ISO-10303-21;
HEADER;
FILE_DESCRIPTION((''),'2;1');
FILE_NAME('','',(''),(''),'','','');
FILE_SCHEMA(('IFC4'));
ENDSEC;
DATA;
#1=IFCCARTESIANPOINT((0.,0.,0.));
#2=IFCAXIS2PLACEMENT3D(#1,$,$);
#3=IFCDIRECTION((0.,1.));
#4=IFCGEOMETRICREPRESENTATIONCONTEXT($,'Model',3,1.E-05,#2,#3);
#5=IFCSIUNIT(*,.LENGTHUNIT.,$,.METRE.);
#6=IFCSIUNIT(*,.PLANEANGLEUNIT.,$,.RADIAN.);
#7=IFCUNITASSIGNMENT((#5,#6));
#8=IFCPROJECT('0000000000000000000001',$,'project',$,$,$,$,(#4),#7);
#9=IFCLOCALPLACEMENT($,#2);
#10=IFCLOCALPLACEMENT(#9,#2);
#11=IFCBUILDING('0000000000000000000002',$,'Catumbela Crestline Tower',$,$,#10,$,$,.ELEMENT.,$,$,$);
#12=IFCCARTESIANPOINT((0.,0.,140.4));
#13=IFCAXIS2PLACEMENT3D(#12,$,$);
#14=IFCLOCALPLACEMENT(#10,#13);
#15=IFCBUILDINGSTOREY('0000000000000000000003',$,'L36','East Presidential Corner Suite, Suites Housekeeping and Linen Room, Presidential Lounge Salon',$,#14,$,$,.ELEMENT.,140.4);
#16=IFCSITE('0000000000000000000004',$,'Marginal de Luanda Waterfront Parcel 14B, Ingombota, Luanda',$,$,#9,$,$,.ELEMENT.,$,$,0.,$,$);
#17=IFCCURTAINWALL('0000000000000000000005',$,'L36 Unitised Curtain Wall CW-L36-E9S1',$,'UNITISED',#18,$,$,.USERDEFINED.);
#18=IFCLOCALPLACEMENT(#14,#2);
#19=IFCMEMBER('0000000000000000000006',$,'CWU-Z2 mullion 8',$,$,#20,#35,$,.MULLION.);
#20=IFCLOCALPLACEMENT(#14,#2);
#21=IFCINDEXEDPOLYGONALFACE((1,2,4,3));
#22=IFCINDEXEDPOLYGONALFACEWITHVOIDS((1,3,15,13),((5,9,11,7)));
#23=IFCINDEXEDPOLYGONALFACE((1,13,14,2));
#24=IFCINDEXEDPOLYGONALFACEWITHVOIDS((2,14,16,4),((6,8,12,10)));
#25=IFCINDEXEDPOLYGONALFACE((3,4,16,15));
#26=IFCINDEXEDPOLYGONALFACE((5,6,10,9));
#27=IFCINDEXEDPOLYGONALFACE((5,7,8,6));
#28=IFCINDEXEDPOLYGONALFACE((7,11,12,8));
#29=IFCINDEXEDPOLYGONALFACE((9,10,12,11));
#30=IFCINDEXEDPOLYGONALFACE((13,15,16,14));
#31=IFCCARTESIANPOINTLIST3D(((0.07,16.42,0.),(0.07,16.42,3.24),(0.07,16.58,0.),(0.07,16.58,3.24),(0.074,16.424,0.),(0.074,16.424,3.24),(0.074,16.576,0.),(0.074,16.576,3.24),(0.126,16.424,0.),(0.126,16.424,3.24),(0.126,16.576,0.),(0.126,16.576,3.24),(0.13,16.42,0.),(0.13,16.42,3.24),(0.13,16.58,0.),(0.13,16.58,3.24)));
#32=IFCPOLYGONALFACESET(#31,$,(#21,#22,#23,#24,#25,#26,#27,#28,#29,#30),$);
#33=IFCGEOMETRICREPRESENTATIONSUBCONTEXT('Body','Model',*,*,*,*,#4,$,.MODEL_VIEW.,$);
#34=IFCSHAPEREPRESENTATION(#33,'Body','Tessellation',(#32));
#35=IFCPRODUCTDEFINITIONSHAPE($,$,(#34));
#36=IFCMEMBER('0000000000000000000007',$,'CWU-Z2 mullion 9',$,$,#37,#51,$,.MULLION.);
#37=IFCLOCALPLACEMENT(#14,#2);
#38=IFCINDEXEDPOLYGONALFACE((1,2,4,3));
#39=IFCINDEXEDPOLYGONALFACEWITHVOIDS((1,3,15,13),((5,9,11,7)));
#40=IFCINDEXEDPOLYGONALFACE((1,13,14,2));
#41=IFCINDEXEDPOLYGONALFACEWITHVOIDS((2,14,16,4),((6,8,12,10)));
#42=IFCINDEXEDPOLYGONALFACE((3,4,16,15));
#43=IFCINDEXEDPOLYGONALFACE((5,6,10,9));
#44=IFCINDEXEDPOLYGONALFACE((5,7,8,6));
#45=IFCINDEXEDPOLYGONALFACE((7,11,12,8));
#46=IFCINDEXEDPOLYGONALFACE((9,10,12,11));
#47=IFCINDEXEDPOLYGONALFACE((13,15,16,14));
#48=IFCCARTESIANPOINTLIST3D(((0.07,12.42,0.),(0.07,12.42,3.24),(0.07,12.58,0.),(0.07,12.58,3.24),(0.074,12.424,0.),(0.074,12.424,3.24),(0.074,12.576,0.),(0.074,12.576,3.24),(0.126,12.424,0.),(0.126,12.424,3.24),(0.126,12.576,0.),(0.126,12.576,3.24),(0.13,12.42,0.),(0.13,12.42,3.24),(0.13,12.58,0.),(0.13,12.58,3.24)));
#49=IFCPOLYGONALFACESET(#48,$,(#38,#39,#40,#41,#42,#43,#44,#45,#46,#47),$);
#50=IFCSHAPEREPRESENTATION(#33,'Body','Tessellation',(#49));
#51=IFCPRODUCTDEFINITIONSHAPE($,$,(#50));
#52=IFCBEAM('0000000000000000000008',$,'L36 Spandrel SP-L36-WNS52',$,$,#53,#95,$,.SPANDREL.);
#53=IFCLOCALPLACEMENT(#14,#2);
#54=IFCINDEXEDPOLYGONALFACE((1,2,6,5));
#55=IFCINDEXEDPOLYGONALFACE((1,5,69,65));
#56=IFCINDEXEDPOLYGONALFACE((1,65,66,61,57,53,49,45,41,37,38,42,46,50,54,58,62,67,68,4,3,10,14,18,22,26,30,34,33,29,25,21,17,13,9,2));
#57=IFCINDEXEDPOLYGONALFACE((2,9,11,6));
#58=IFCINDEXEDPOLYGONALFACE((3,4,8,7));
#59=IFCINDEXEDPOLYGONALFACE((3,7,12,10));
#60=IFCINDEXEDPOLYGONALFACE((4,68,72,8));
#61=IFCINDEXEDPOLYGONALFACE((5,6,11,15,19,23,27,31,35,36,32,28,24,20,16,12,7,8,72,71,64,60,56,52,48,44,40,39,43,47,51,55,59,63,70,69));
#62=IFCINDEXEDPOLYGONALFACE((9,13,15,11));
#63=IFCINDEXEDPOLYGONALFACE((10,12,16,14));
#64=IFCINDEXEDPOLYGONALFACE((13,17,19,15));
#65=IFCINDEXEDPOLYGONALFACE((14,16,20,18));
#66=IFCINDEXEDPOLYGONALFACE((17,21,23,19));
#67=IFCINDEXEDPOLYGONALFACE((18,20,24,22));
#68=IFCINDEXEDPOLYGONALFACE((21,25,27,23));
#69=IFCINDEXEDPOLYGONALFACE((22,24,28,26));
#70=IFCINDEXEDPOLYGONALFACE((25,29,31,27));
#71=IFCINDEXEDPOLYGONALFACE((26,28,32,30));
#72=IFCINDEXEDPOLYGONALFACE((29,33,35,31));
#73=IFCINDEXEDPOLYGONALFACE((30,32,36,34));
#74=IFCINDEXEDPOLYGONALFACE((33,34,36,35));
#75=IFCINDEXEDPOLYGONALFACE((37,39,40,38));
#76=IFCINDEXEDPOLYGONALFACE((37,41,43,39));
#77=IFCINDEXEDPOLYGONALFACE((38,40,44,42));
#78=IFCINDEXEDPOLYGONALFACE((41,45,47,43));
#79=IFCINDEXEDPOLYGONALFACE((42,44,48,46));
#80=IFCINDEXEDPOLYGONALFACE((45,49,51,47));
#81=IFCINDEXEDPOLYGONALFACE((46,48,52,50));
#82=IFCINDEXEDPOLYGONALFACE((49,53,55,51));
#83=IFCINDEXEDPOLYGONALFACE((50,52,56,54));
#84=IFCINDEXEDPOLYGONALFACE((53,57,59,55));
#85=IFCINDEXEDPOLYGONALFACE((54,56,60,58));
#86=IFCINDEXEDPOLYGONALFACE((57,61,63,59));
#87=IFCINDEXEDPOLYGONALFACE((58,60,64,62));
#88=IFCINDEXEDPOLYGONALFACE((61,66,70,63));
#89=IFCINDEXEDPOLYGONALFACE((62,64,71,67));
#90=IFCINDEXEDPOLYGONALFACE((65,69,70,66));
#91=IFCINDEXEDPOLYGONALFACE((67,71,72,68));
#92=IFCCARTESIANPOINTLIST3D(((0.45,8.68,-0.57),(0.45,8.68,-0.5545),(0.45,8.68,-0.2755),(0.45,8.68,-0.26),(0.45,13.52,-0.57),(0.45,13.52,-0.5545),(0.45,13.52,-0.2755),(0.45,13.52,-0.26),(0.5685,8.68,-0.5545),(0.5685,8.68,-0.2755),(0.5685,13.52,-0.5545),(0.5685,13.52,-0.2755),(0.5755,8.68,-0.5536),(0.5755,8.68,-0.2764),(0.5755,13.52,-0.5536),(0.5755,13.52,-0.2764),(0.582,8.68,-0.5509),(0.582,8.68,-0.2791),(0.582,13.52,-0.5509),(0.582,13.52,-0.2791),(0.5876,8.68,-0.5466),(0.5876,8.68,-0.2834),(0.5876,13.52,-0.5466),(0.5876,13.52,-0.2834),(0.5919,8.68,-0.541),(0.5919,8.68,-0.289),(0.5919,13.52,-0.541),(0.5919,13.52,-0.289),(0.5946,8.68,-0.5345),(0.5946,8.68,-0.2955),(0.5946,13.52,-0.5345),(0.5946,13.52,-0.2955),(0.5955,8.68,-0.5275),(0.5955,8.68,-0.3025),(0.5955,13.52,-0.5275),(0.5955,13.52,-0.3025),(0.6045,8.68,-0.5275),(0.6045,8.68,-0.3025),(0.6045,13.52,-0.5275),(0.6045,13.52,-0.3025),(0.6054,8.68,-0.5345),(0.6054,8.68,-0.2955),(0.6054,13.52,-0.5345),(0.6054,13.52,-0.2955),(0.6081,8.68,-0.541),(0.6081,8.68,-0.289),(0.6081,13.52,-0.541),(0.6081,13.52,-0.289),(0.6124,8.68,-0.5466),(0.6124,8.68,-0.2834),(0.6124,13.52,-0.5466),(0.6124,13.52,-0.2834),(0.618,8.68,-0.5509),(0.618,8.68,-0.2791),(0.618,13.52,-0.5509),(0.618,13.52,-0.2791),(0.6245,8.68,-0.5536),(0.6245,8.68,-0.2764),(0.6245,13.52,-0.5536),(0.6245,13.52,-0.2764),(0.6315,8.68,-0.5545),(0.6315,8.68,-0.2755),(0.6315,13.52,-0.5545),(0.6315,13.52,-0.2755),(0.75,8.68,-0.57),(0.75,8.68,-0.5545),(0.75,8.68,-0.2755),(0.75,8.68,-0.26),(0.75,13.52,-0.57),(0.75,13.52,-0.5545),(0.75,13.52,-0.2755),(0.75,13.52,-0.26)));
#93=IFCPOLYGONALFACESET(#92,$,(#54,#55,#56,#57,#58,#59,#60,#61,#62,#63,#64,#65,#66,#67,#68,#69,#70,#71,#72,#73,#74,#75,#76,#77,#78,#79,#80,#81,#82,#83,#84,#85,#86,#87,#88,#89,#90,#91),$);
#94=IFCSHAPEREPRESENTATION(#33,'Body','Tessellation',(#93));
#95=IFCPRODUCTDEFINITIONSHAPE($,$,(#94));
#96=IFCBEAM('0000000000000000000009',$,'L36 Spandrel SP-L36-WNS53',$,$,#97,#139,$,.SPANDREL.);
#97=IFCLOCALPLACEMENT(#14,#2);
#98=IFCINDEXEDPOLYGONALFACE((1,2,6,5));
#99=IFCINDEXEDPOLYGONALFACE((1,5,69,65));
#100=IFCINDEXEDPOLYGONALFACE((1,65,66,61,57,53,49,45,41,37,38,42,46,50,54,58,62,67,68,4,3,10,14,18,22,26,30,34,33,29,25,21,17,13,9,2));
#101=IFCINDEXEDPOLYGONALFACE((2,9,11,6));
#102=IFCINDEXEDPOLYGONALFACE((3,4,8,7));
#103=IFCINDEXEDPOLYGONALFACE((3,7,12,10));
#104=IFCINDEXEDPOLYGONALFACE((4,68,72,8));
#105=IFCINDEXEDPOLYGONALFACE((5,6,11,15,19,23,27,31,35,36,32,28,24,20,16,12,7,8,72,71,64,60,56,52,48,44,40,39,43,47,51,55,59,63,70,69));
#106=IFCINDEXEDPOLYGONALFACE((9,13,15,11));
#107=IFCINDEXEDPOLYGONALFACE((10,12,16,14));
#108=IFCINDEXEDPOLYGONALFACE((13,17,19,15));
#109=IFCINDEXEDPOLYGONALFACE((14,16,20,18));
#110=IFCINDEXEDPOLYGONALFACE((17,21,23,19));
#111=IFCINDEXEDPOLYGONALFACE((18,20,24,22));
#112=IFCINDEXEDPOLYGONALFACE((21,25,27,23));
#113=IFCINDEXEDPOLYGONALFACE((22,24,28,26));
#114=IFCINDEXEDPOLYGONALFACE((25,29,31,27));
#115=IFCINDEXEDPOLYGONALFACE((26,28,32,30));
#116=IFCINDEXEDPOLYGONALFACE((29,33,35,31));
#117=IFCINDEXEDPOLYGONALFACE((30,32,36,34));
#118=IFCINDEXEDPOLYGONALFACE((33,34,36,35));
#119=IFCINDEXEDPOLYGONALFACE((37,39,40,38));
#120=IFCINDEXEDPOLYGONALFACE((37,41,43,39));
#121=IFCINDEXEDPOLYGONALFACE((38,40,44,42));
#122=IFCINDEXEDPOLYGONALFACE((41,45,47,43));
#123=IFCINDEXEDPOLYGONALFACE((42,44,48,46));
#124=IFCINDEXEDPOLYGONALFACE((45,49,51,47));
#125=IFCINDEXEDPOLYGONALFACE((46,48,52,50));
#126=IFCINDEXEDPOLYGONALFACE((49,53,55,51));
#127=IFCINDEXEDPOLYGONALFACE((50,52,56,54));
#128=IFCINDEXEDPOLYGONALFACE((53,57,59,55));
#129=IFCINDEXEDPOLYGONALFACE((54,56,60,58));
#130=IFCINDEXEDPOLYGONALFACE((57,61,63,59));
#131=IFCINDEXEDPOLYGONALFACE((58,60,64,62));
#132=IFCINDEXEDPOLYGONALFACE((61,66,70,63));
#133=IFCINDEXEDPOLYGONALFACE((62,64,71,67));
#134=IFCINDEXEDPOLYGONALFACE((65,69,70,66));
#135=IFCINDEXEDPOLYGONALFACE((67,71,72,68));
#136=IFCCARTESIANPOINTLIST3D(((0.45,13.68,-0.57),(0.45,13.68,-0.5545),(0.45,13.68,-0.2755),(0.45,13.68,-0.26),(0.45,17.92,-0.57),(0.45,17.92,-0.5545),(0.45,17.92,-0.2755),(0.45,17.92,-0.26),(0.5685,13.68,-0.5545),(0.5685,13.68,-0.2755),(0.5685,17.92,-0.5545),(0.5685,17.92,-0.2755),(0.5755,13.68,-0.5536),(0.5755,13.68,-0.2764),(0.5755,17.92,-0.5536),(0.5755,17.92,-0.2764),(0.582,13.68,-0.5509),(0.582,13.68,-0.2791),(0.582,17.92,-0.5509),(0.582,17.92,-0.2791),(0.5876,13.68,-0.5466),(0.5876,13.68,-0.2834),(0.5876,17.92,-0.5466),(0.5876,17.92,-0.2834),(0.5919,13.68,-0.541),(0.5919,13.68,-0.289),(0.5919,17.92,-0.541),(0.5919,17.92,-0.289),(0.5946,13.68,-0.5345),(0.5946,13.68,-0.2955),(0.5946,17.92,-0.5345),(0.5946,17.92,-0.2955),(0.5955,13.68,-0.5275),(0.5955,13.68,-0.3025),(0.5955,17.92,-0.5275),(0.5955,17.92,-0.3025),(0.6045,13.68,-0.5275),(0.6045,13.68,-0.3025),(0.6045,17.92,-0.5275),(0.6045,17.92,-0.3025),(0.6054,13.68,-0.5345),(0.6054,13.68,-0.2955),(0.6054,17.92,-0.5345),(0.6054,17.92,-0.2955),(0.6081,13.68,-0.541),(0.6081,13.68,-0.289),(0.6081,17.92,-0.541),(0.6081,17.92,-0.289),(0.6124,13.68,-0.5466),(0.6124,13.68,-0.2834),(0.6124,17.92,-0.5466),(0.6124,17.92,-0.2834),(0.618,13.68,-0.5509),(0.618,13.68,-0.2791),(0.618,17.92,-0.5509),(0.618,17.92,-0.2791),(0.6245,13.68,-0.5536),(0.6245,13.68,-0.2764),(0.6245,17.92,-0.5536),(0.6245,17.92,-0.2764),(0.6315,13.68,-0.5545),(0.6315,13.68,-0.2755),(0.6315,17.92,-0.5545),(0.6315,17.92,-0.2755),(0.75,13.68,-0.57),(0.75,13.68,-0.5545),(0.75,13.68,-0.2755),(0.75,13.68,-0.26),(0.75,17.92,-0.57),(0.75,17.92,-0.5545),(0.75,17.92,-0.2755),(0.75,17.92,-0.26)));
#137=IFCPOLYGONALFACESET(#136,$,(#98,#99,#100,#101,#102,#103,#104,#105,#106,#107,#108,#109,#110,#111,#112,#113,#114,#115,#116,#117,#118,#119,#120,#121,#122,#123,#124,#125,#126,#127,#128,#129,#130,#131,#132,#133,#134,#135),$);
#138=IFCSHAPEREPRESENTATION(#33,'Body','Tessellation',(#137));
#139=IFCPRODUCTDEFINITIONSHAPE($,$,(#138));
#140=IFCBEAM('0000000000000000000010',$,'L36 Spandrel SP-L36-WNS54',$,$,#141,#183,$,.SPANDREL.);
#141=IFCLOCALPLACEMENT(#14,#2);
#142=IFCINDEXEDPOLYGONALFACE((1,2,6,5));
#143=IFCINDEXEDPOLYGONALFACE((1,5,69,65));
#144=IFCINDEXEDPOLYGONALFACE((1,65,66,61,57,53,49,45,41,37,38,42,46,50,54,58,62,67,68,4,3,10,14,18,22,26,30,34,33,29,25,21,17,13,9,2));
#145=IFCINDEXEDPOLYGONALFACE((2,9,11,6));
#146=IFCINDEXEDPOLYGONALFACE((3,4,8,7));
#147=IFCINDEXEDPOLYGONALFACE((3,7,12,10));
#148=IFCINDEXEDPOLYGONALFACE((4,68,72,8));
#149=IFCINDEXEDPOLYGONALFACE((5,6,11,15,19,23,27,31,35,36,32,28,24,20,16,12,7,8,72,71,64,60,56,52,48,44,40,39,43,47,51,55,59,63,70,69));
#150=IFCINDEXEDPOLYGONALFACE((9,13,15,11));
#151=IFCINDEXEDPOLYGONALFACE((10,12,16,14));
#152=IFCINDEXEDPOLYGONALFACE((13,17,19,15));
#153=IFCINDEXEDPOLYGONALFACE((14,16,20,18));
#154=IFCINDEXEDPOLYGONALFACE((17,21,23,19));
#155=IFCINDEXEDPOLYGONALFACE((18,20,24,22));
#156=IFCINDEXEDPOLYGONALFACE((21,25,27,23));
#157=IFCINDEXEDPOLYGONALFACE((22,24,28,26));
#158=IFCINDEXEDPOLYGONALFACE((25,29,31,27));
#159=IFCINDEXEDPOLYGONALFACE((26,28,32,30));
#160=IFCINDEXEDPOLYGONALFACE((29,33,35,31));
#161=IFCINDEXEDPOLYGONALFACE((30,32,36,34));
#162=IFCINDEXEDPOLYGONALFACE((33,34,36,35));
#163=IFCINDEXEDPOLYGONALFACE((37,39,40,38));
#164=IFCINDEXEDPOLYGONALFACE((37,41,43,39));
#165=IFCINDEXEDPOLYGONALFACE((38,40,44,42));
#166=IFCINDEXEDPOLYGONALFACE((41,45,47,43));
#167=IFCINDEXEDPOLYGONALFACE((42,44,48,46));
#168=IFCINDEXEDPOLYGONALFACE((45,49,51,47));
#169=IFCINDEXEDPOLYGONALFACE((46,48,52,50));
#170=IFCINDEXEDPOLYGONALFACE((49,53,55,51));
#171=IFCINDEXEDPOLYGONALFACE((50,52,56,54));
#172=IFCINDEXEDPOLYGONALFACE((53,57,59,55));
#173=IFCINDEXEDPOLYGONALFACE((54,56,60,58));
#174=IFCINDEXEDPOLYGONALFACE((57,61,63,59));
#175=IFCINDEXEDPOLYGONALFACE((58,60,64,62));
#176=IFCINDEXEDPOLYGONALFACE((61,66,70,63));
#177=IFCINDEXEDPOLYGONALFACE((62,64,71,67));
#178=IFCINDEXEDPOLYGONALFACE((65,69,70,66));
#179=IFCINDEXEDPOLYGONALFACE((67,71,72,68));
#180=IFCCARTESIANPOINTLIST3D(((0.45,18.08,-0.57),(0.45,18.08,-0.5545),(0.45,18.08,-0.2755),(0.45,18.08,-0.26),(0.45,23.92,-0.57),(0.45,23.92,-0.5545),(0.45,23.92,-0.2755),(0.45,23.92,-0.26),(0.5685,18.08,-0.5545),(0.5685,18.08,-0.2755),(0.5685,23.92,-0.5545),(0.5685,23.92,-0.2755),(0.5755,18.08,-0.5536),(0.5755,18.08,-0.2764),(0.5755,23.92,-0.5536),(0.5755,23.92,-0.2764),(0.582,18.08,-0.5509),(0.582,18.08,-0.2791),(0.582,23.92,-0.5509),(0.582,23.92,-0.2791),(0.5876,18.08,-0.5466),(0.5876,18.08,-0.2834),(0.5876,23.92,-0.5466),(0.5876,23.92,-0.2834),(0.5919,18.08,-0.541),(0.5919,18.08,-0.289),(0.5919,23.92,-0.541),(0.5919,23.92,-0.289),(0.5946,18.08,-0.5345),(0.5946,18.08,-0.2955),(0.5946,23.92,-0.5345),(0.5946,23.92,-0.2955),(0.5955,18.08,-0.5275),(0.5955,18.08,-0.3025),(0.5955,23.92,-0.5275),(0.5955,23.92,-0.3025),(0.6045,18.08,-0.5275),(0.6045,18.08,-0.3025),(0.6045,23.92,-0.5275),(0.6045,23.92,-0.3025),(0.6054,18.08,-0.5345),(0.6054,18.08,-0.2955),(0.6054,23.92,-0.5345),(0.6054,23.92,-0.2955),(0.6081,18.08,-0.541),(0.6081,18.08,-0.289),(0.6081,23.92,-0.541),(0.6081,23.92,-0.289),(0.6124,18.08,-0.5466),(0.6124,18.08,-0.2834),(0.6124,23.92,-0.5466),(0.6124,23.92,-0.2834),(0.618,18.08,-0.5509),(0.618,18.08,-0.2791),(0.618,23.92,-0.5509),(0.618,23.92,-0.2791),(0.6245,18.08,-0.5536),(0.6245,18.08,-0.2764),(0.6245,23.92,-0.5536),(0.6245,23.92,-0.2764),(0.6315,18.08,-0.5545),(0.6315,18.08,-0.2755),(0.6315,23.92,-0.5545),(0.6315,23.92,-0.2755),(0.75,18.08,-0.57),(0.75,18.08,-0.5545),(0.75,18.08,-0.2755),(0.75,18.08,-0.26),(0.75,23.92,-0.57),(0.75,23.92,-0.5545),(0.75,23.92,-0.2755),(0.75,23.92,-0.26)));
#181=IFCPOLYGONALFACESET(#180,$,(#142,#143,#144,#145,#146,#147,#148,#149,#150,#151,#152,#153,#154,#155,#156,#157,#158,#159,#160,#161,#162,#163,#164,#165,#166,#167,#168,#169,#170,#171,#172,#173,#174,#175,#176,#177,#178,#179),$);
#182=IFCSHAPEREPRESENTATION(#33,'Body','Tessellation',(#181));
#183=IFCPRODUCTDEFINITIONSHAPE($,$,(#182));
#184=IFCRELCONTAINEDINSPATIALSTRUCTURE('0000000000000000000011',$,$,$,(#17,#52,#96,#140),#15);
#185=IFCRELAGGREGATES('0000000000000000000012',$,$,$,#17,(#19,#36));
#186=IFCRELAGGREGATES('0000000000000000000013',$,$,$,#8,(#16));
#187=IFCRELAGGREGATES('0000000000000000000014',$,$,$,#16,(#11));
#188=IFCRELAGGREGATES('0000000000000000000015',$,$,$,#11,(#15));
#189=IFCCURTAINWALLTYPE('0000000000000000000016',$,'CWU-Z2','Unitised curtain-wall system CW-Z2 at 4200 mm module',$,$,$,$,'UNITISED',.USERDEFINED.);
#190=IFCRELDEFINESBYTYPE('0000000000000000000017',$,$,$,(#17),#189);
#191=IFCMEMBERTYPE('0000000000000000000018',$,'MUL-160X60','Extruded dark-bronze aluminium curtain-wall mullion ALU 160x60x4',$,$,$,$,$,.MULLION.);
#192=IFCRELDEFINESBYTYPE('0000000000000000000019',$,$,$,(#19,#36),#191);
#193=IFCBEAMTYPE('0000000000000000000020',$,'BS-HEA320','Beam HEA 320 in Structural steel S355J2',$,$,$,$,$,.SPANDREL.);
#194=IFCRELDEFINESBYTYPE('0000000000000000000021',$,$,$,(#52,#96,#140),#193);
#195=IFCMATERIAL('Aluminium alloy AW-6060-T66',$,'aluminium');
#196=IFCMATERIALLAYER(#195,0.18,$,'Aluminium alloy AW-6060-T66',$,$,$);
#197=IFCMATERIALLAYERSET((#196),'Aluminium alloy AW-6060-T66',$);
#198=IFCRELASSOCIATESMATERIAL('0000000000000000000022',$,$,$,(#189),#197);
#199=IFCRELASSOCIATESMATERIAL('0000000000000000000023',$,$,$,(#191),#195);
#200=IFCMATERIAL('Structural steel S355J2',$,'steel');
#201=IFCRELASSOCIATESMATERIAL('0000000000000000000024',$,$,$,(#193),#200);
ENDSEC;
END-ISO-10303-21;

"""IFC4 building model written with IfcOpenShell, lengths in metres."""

from ifc_helpers import new_model, si_unit, direction, frame, origin, origin_2d, place, context, subcontext, project, spatial, hollow_rectangle, i_section, extrude, material, layer, layer_set, material_profile, profile_set, type_object, element, aggregate, save


model = new_model("IFC4")

# Units and contexts
model_context = context("Model", 3, precision=1e-05, world=origin(), true_north=direction((0.0, 1.0)))
body_context = subcontext(model_context, "Body", "Model", "MODEL_VIEW")
ifc_project = project(units=[si_unit("LENGTHUNIT", "METRE"), si_unit("PLANEANGLEUNIT", "RADIAN")], contexts=[model_context])

# Site, building, storey
site_placement = place(None, origin())
site = spatial("IfcSite", under=ifc_project, at=site_placement, Name="Marginal de Luanda Waterfront Parcel 14B, Ingombota, Luanda", CompositionType="ELEMENT", RefElevation=0.0)
building_placement = place(site_placement, origin())
building = spatial("IfcBuilding", under=site, at=building_placement, Name="Catumbela Crestline Tower", CompositionType="ELEMENT")
storey_placement = place(building_placement, frame((0.0, 0.0, 140.4)))
storey = spatial("IfcBuildingStorey", under=building, at=storey_placement, Name="L36", Description="East Presidential Corner Suite, Suites Housekeeping and Linen Room, Presidential Lounge Salon", CompositionType="ELEMENT", Elevation=140.4)

# Shared definitions
ifc_material_1 = material(Name="Structural steel S355J2", Category="steel")

# Curtain wall, members
ifc_material_2 = material(Name="Aluminium alloy AW-6060-T66", Category="aluminium")
ifc_layer_1 = layer(ifc_material_2, 0.18, Name="Aluminium alloy AW-6060-T66")
ifc_layer_set_1 = layer_set([ifc_layer_1], Name="Aluminium alloy AW-6060-T66")
curtain_wall_type = type_object("IfcCurtainWallType", Name="CWU-Z2", Description="Unitised curtain-wall system CW-Z2 at 4200 mm module", ElementType="UNITISED", PredefinedType="USERDEFINED", material=ifc_layer_set_1)
curtain_wall_placement = place(storey_placement, origin())
curtain_wall = element("IfcCurtainWall", 1, at=curtain_wall_placement, inside=storey, type_object=curtain_wall_type, Name="L36 Unitised Curtain Wall CW-L36-E9S1", ObjectType="UNITISED", PredefinedType="USERDEFINED")
ifc_material_profile_1 = material_profile(ifc_material_2, hollow_rectangle(XDim=0.06, YDim=0.16, WallThickness=0.004, at=origin_2d()), Name="ALU 160x60x4")
ifc_profile_set_1 = profile_set([ifc_material_profile_1], Name="Aluminium alloy AW-6060-T66")
member_type_1 = type_object("IfcMemberType", Name="MUL-160X60", Description="Extruded dark-bronze aluminium curtain-wall mullion ALU 160x60x4", PredefinedType="MULLION", material=ifc_profile_set_1)
member_1_placement = place(storey_placement, frame((0.1, 16.5, 0.0), z_axis=(0.0, 0.0, 1.0), x_axis=(1.0, 0.0, 0.0)))
member_1 = element("IfcMember", 2, at=member_1_placement, type_object=member_type_1, Name="CWU-Z2 mullion 8", PredefinedType="MULLION", context=body_context, shape_type="SweptSolid", body=[
    extrude(hollow_rectangle(XDim=0.06, YDim=0.16, WallThickness=0.004, at=origin_2d()), origin(), (0.0, 0.0, 1.0), 3.24),
])
member_2_placement = place(storey_placement, frame((0.1, 12.5, 0.0), z_axis=(0.0, 0.0, 1.0), x_axis=(1.0, 0.0, 0.0)))
member_2 = element("IfcMember", 3, at=member_2_placement, type_object=member_type_1, Name="CWU-Z2 mullion 9", PredefinedType="MULLION", context=body_context, shape_type="SweptSolid", body=[
    extrude(hollow_rectangle(XDim=0.06, YDim=0.16, WallThickness=0.004, at=origin_2d()), origin(), (0.0, 0.0, 1.0), 3.24),
])

# Beams
ifc_material_profile_2 = material_profile(ifc_material_1, i_section(OverallWidth=0.3, OverallDepth=0.31, WebThickness=0.009, FlangeThickness=0.0155, FilletRadius=0.027, at=origin_2d()), Name="HEA 320")
ifc_profile_set_2 = profile_set([ifc_material_profile_2], Name="Structural steel S355J2")
beam_type_1 = type_object("IfcBeamType", Name="BS-HEA320", Description="Beam HEA 320 in Structural steel S355J2", PredefinedType="SPANDREL", material=ifc_profile_set_2)
beam_1_placement = place(storey_placement, frame((0.6, 8.68, -0.415), z_axis=(0.0, 1.0, 0.0), x_axis=(-1.0, 0.0, 0.0)))
element("IfcBeam", 4, at=beam_1_placement, inside=storey, type_object=beam_type_1, Name="L36 Spandrel SP-L36-WNS52", PredefinedType="SPANDREL", context=body_context, shape_type="SweptSolid", body=[
    extrude(i_section(OverallWidth=0.3, OverallDepth=0.31, WebThickness=0.009, FlangeThickness=0.0155, FilletRadius=0.027, at=origin_2d()), origin(), (0.0, 0.0, 1.0), 4.84),
])
beam_2_placement = place(storey_placement, frame((0.6, 13.68, -0.415), z_axis=(0.0, 1.0, 0.0), x_axis=(-1.0, 0.0, 0.0)))
element("IfcBeam", 5, at=beam_2_placement, inside=storey, type_object=beam_type_1, Name="L36 Spandrel SP-L36-WNS53", PredefinedType="SPANDREL", context=body_context, shape_type="SweptSolid", body=[
    extrude(i_section(OverallWidth=0.3, OverallDepth=0.31, WebThickness=0.009, FlangeThickness=0.0155, FilletRadius=0.027, at=origin_2d()), origin(), (0.0, 0.0, 1.0), 4.24),
])
beam_3_placement = place(storey_placement, frame((0.6, 18.08, -0.415), z_axis=(0.0, 1.0, 0.0), x_axis=(-1.0, 0.0, 0.0)))
element("IfcBeam", 6, at=beam_3_placement, inside=storey, type_object=beam_type_1, Name="L36 Spandrel SP-L36-WNS54", PredefinedType="SPANDREL", context=body_context, shape_type="SweptSolid", body=[
    extrude(i_section(OverallWidth=0.3, OverallDepth=0.31, WebThickness=0.009, FlangeThickness=0.0155, FilletRadius=0.027, at=origin_2d()), origin(), (0.0, 0.0, 1.0), 5.84),
])

aggregate(curtain_wall, [member_1, member_2])

save(model, "model.ifc")
